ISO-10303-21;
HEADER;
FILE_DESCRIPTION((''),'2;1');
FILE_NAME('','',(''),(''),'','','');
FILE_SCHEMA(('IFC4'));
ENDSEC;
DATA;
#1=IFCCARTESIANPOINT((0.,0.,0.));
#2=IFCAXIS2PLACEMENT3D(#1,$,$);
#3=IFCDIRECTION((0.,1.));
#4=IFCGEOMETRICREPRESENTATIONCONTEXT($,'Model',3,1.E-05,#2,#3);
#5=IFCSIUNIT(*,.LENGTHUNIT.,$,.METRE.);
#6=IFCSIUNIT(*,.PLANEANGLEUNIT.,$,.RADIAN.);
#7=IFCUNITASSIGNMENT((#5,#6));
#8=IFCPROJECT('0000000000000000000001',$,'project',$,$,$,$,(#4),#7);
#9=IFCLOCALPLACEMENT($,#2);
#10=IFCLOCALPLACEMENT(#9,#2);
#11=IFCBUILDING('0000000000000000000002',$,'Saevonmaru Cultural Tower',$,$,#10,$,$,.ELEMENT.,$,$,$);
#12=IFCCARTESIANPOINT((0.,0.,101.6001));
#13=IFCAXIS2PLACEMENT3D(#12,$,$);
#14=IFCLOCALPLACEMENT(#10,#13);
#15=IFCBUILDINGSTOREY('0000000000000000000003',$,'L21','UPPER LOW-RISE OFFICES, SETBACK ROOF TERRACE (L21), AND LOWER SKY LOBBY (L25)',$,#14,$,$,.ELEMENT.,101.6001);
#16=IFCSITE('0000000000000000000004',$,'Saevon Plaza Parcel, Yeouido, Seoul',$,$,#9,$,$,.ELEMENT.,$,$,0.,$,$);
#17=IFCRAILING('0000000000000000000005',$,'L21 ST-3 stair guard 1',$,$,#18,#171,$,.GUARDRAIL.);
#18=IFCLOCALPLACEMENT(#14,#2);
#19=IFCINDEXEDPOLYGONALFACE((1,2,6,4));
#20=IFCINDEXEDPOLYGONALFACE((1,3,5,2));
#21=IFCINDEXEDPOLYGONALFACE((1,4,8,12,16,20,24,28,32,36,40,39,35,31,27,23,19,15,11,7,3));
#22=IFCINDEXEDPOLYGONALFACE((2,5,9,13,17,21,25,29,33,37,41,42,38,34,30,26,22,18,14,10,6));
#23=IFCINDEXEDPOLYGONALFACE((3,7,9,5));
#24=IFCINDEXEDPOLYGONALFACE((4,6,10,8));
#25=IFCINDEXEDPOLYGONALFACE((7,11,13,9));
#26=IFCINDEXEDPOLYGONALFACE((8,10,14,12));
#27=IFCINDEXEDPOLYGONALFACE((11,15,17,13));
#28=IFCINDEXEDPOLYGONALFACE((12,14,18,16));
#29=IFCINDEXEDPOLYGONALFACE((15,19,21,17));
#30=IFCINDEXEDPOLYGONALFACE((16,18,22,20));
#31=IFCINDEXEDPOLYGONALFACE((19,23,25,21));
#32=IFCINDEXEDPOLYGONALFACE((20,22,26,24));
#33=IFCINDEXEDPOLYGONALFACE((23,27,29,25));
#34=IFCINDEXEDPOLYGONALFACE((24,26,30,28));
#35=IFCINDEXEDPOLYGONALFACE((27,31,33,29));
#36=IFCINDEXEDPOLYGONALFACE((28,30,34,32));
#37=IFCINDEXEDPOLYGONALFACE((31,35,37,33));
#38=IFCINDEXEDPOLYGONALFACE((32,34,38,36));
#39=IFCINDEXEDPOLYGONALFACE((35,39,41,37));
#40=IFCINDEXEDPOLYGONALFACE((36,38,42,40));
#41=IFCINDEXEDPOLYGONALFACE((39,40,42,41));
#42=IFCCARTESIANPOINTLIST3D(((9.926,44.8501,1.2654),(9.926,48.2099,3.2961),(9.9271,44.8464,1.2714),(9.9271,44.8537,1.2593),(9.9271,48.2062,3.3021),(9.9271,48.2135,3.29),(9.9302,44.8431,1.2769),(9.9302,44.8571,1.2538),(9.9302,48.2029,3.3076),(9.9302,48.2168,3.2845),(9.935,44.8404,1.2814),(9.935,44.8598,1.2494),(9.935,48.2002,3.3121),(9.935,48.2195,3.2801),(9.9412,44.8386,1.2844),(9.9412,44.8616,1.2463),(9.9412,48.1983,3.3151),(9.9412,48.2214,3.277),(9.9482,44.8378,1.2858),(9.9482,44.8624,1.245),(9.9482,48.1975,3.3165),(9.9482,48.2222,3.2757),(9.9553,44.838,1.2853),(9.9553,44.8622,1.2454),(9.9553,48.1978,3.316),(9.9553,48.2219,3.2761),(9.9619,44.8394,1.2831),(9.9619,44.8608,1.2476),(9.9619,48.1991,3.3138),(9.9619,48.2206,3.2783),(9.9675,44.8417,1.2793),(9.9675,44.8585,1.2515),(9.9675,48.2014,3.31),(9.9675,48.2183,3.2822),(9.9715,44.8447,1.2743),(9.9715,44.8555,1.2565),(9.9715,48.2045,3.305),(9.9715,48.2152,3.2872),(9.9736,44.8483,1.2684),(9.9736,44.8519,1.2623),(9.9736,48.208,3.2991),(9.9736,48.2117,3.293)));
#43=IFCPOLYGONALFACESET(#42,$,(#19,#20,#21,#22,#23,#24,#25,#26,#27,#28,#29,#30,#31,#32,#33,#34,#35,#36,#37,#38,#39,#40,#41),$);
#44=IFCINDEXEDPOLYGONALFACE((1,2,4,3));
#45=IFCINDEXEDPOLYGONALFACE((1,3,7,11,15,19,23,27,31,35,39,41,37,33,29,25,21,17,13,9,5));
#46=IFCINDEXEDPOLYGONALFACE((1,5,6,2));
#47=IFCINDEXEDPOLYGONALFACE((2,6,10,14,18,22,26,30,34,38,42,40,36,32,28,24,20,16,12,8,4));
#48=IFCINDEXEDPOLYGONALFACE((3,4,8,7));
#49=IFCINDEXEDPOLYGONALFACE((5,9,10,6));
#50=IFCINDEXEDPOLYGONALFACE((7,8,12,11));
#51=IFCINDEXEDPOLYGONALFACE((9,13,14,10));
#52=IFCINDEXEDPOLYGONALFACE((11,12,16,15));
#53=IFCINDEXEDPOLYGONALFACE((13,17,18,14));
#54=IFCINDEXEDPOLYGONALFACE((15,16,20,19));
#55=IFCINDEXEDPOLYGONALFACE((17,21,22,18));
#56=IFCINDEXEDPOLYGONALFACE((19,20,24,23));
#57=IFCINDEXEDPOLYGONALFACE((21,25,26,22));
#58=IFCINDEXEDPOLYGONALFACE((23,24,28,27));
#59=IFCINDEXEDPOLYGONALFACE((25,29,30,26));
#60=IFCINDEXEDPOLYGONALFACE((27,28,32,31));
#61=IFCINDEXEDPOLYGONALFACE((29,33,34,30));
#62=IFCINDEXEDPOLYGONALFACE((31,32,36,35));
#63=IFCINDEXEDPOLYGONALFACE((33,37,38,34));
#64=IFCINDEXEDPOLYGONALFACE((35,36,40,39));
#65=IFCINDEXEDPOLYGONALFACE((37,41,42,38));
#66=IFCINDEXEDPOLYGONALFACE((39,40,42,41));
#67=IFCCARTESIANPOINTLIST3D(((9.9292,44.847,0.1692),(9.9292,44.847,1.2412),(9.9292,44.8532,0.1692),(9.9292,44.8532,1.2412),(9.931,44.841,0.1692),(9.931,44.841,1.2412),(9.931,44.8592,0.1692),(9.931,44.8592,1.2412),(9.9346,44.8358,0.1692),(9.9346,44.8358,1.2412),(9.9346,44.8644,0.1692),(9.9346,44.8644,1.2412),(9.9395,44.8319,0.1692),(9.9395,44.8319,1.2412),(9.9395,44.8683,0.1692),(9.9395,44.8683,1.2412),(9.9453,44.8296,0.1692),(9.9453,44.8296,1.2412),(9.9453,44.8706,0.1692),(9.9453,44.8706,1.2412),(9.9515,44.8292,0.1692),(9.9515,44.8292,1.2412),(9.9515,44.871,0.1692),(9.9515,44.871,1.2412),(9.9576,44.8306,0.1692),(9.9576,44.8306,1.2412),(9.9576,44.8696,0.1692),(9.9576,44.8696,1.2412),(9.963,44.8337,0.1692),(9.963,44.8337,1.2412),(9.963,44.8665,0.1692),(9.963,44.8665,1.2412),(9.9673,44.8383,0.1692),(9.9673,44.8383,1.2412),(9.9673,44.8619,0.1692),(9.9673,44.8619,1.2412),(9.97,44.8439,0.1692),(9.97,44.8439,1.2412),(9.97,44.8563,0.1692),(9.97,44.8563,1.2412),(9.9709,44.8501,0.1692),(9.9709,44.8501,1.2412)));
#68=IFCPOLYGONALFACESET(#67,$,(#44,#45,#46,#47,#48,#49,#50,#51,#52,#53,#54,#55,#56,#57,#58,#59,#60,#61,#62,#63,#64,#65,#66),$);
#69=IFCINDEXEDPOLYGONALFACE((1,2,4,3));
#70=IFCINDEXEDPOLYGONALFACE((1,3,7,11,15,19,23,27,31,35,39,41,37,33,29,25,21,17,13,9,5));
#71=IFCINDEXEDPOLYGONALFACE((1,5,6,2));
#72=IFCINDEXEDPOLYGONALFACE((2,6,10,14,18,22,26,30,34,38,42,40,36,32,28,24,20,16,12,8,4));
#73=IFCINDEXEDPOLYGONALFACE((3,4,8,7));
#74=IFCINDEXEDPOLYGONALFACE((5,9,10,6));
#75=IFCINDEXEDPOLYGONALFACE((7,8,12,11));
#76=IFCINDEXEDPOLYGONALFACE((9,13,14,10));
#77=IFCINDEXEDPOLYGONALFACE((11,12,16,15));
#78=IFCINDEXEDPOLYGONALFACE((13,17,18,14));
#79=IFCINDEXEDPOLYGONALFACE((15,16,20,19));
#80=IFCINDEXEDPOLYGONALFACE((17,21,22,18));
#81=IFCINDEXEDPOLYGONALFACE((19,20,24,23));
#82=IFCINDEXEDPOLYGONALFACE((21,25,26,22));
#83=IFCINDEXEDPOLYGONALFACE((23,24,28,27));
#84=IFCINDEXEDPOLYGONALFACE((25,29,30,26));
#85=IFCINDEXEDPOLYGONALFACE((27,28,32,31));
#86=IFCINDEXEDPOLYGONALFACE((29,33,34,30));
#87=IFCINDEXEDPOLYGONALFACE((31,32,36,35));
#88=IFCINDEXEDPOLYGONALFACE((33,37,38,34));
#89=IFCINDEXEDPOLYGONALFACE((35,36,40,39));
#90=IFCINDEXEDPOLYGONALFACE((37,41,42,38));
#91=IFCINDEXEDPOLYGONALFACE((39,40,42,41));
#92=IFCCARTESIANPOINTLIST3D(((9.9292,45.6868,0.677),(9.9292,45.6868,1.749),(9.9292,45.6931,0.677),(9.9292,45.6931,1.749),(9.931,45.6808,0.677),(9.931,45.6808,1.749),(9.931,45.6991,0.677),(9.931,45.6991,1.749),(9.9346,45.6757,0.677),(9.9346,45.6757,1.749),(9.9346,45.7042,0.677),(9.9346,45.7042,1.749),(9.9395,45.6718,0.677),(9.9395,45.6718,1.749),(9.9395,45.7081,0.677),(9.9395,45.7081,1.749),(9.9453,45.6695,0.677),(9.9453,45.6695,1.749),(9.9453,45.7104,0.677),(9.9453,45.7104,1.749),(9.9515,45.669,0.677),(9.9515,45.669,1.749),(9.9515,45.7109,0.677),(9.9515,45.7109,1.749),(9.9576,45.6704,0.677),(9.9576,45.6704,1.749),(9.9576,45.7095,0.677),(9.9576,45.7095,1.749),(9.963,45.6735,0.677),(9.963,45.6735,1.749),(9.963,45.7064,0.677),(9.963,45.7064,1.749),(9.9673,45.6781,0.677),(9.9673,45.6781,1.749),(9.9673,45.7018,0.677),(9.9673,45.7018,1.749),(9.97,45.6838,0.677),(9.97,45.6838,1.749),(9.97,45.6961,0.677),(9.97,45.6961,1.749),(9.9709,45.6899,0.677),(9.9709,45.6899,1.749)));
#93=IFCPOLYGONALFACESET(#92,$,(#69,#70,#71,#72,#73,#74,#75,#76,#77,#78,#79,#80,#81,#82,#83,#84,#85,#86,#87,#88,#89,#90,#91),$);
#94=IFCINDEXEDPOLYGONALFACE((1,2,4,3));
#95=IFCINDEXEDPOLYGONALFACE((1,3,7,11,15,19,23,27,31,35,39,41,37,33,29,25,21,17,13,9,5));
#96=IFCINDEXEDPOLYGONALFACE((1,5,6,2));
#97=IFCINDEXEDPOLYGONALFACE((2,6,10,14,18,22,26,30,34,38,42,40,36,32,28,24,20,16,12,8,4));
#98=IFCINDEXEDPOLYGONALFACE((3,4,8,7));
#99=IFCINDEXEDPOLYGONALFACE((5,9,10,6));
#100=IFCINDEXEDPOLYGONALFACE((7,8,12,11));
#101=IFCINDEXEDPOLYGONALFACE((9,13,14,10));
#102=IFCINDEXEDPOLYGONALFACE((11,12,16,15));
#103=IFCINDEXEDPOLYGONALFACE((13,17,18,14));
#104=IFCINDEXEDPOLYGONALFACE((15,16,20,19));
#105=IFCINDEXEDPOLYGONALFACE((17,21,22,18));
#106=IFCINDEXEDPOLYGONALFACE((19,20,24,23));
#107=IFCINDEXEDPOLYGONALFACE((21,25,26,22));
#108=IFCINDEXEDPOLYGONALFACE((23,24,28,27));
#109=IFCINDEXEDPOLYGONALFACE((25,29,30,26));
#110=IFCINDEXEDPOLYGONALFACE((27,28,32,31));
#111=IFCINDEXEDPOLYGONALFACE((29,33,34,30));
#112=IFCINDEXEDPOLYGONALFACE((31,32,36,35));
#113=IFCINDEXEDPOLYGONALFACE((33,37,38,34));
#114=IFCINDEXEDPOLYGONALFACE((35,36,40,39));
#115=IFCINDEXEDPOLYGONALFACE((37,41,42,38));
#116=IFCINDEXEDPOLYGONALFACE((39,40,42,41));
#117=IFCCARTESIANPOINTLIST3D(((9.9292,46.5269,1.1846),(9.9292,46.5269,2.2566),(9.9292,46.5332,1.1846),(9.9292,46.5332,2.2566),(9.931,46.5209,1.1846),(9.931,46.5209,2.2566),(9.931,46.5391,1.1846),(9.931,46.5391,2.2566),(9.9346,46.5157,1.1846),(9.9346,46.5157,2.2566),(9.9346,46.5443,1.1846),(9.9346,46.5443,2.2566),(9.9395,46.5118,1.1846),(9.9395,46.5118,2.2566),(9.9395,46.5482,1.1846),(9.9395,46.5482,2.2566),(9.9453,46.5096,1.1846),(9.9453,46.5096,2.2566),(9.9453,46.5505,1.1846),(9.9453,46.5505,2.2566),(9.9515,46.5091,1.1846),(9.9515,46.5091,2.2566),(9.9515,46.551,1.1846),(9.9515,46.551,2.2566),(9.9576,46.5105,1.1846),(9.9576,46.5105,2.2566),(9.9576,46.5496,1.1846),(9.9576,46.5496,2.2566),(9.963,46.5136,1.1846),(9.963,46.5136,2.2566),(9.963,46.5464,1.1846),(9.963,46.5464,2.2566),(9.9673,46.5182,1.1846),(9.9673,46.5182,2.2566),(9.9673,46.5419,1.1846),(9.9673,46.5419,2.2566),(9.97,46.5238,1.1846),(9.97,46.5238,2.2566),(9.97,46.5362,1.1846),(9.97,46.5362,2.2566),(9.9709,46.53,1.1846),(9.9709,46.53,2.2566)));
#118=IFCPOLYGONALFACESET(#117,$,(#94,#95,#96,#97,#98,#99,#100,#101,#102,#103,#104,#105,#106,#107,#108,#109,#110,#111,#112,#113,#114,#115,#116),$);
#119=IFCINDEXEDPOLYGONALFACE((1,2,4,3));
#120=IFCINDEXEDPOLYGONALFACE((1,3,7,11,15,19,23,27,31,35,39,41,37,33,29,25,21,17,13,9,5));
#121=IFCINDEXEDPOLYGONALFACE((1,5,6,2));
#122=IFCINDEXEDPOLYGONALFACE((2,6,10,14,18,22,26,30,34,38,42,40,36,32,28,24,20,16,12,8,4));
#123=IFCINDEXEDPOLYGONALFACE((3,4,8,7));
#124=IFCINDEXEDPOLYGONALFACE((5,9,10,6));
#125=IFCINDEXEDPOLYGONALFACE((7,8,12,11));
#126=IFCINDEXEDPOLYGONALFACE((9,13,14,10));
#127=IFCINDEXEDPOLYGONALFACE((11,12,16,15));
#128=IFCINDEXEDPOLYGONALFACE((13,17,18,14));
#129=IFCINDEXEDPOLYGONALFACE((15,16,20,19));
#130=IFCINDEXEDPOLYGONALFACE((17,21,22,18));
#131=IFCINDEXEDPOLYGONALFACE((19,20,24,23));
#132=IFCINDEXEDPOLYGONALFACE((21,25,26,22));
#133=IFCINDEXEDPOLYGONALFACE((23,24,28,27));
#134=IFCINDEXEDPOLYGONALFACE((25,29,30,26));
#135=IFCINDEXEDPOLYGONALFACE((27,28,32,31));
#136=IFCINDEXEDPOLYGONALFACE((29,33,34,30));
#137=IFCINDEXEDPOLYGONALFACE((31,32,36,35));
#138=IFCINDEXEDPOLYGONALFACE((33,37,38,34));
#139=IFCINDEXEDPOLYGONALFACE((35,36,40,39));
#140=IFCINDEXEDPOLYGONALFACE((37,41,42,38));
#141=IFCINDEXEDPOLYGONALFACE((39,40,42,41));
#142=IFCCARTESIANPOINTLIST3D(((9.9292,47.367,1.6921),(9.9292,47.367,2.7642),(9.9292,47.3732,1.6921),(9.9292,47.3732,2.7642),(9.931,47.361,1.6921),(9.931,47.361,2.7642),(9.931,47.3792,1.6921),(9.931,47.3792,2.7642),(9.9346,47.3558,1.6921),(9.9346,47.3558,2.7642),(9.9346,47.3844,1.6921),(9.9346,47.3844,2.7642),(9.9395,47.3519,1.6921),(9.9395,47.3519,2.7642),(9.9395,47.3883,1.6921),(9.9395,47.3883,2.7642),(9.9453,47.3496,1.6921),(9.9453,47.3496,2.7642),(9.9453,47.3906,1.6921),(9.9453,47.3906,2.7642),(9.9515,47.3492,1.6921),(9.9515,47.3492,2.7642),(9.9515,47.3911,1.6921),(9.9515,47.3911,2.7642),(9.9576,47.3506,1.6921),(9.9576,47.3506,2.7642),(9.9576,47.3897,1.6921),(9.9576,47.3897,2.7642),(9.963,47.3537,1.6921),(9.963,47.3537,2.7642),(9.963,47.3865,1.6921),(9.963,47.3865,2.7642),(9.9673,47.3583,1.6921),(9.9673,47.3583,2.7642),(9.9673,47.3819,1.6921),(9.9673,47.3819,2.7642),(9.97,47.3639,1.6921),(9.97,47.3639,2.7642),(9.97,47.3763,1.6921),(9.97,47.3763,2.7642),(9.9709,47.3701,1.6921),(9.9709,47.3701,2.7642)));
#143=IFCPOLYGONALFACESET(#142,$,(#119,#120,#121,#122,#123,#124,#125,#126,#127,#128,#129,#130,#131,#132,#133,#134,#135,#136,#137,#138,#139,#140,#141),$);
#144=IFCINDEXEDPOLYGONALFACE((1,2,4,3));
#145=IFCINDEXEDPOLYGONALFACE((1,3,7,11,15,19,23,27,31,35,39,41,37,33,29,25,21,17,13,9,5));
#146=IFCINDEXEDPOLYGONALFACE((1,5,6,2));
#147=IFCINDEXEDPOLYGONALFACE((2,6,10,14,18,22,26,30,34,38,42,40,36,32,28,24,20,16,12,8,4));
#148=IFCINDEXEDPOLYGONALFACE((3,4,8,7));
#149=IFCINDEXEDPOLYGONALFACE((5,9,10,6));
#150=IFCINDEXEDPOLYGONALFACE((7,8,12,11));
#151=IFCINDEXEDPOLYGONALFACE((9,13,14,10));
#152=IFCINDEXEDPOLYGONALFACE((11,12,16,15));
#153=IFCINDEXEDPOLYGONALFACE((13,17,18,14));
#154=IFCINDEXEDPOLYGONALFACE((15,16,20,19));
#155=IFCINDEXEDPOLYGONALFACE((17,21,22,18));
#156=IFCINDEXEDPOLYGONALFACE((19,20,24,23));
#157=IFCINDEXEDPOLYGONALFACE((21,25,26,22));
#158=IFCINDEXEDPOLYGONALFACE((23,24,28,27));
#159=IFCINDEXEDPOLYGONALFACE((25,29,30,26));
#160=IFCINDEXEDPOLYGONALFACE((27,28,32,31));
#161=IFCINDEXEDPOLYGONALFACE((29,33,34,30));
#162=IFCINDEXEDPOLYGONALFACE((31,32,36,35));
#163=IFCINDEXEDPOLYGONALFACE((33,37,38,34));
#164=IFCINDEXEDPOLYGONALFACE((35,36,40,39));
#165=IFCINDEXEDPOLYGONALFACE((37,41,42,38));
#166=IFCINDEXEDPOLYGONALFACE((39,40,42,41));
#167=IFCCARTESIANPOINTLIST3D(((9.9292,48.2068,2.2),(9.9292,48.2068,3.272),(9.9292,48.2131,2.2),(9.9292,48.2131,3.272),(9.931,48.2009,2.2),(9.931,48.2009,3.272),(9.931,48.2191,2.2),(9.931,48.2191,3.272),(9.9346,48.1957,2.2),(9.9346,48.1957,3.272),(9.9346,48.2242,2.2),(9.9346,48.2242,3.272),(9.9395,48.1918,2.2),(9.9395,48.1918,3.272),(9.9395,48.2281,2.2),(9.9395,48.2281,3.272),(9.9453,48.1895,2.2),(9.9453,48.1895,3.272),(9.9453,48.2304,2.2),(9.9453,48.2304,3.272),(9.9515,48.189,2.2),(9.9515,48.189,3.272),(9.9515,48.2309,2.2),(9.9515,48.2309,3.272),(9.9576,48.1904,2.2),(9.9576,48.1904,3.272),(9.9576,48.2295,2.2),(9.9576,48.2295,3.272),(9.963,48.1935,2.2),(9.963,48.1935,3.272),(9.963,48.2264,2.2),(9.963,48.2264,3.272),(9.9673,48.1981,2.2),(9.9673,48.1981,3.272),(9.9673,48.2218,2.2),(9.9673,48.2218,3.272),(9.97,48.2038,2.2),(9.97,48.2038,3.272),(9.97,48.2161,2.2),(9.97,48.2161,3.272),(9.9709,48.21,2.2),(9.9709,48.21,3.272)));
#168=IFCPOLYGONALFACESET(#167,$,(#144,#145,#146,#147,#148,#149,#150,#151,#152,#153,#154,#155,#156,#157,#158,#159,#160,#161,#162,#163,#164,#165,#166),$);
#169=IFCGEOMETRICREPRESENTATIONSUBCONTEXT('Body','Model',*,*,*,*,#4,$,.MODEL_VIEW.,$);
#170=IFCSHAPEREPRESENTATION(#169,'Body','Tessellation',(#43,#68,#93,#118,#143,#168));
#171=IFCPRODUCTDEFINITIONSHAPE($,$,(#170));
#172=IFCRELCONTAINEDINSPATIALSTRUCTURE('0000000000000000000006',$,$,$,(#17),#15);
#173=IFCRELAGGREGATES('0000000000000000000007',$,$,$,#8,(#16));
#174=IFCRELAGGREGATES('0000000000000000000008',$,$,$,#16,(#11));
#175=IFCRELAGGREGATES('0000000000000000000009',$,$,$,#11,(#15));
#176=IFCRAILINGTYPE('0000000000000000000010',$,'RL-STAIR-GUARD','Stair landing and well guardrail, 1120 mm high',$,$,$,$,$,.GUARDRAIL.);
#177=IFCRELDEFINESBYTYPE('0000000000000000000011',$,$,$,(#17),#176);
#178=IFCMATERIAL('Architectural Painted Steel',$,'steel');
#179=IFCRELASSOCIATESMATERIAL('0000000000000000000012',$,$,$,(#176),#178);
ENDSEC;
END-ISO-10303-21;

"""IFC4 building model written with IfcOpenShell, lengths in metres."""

from ifc_helpers import new_model, si_unit, direction, frame, origin, origin_2d, place, context, subcontext, project, spatial, circle, extrude, material, type_object, element, save


model = new_model("IFC4")

# Units and contexts
model_context = context("Model", 3, precision=1e-05, world=origin(), true_north=direction((0.0, 1.0)))
body_context = subcontext(model_context, "Body", "Model", "MODEL_VIEW")
ifc_project = project(units=[si_unit("LENGTHUNIT", "METRE"), si_unit("PLANEANGLEUNIT", "RADIAN")], contexts=[model_context])

# Site, building, storey
site_placement = place(None, origin())
site = spatial("IfcSite", under=ifc_project, at=site_placement, Name="Saevon Plaza Parcel, Yeouido, Seoul", CompositionType="ELEMENT", RefElevation=0.0)
building_placement = place(site_placement, origin())
building = spatial("IfcBuilding", under=site, at=building_placement, Name="Saevonmaru Cultural Tower", CompositionType="ELEMENT")
storey_placement = place(building_placement, frame((0.0, 0.0, 101.6001)))
storey = spatial("IfcBuildingStorey", under=building, at=storey_placement, Name="L21", Description="UPPER LOW-RISE OFFICES, SETBACK ROOF TERRACE (L21), AND LOWER SKY LOBBY (L25)", CompositionType="ELEMENT", Elevation=101.6001)

# Railing
ifc_material_1 = material(Name="Architectural Painted Steel", Category="steel")
railing_type_1 = type_object("IfcRailingType", Name="RL-STAIR-GUARD", Description="Stair landing and well guardrail, 1120 mm high", PredefinedType="GUARDRAIL", material=ifc_material_1)
railing_1_placement = place(storey_placement, frame((9.95, 44.8501, 0.1692)))
element("IfcRailing", 1, at=railing_1_placement, inside=storey, type_object=railing_type_1, Name="L21 ST-3 stair guard 1", PredefinedType="GUARDRAIL", context=body_context, shape_type="SweptSolid", body=[
    extrude(circle(Radius=0.0239, at=origin_2d()), frame((0.0, 0.0, 1.0962), z_axis=(0.0, 0.85582, 0.517273), x_axis=(-1.0, 0.0, 0.0)), (0.0, 0.0, 1.0), 3.9258),
    extrude(circle(Radius=0.021, at=origin_2d()), origin(), (0.0, 0.0, 1.0), 1.072),
    extrude(circle(Radius=0.021, at=origin_2d()), frame((0.0, 0.8398, 0.5078)), (0.0, 0.0, 1.0), 1.072),
    extrude(circle(Radius=0.021, at=origin_2d()), frame((0.0, 1.6799, 1.0154)), (0.0, 0.0, 1.0), 1.072),
    extrude(circle(Radius=0.021, at=origin_2d()), frame((0.0, 2.52, 1.5229)), (0.0, 0.0, 1.0), 1.072),
    extrude(circle(Radius=0.021, at=origin_2d()), frame((0.0, 3.3599, 2.0308)), (0.0, 0.0, 1.0), 1.072),
])

save(model, "model.ifc")
